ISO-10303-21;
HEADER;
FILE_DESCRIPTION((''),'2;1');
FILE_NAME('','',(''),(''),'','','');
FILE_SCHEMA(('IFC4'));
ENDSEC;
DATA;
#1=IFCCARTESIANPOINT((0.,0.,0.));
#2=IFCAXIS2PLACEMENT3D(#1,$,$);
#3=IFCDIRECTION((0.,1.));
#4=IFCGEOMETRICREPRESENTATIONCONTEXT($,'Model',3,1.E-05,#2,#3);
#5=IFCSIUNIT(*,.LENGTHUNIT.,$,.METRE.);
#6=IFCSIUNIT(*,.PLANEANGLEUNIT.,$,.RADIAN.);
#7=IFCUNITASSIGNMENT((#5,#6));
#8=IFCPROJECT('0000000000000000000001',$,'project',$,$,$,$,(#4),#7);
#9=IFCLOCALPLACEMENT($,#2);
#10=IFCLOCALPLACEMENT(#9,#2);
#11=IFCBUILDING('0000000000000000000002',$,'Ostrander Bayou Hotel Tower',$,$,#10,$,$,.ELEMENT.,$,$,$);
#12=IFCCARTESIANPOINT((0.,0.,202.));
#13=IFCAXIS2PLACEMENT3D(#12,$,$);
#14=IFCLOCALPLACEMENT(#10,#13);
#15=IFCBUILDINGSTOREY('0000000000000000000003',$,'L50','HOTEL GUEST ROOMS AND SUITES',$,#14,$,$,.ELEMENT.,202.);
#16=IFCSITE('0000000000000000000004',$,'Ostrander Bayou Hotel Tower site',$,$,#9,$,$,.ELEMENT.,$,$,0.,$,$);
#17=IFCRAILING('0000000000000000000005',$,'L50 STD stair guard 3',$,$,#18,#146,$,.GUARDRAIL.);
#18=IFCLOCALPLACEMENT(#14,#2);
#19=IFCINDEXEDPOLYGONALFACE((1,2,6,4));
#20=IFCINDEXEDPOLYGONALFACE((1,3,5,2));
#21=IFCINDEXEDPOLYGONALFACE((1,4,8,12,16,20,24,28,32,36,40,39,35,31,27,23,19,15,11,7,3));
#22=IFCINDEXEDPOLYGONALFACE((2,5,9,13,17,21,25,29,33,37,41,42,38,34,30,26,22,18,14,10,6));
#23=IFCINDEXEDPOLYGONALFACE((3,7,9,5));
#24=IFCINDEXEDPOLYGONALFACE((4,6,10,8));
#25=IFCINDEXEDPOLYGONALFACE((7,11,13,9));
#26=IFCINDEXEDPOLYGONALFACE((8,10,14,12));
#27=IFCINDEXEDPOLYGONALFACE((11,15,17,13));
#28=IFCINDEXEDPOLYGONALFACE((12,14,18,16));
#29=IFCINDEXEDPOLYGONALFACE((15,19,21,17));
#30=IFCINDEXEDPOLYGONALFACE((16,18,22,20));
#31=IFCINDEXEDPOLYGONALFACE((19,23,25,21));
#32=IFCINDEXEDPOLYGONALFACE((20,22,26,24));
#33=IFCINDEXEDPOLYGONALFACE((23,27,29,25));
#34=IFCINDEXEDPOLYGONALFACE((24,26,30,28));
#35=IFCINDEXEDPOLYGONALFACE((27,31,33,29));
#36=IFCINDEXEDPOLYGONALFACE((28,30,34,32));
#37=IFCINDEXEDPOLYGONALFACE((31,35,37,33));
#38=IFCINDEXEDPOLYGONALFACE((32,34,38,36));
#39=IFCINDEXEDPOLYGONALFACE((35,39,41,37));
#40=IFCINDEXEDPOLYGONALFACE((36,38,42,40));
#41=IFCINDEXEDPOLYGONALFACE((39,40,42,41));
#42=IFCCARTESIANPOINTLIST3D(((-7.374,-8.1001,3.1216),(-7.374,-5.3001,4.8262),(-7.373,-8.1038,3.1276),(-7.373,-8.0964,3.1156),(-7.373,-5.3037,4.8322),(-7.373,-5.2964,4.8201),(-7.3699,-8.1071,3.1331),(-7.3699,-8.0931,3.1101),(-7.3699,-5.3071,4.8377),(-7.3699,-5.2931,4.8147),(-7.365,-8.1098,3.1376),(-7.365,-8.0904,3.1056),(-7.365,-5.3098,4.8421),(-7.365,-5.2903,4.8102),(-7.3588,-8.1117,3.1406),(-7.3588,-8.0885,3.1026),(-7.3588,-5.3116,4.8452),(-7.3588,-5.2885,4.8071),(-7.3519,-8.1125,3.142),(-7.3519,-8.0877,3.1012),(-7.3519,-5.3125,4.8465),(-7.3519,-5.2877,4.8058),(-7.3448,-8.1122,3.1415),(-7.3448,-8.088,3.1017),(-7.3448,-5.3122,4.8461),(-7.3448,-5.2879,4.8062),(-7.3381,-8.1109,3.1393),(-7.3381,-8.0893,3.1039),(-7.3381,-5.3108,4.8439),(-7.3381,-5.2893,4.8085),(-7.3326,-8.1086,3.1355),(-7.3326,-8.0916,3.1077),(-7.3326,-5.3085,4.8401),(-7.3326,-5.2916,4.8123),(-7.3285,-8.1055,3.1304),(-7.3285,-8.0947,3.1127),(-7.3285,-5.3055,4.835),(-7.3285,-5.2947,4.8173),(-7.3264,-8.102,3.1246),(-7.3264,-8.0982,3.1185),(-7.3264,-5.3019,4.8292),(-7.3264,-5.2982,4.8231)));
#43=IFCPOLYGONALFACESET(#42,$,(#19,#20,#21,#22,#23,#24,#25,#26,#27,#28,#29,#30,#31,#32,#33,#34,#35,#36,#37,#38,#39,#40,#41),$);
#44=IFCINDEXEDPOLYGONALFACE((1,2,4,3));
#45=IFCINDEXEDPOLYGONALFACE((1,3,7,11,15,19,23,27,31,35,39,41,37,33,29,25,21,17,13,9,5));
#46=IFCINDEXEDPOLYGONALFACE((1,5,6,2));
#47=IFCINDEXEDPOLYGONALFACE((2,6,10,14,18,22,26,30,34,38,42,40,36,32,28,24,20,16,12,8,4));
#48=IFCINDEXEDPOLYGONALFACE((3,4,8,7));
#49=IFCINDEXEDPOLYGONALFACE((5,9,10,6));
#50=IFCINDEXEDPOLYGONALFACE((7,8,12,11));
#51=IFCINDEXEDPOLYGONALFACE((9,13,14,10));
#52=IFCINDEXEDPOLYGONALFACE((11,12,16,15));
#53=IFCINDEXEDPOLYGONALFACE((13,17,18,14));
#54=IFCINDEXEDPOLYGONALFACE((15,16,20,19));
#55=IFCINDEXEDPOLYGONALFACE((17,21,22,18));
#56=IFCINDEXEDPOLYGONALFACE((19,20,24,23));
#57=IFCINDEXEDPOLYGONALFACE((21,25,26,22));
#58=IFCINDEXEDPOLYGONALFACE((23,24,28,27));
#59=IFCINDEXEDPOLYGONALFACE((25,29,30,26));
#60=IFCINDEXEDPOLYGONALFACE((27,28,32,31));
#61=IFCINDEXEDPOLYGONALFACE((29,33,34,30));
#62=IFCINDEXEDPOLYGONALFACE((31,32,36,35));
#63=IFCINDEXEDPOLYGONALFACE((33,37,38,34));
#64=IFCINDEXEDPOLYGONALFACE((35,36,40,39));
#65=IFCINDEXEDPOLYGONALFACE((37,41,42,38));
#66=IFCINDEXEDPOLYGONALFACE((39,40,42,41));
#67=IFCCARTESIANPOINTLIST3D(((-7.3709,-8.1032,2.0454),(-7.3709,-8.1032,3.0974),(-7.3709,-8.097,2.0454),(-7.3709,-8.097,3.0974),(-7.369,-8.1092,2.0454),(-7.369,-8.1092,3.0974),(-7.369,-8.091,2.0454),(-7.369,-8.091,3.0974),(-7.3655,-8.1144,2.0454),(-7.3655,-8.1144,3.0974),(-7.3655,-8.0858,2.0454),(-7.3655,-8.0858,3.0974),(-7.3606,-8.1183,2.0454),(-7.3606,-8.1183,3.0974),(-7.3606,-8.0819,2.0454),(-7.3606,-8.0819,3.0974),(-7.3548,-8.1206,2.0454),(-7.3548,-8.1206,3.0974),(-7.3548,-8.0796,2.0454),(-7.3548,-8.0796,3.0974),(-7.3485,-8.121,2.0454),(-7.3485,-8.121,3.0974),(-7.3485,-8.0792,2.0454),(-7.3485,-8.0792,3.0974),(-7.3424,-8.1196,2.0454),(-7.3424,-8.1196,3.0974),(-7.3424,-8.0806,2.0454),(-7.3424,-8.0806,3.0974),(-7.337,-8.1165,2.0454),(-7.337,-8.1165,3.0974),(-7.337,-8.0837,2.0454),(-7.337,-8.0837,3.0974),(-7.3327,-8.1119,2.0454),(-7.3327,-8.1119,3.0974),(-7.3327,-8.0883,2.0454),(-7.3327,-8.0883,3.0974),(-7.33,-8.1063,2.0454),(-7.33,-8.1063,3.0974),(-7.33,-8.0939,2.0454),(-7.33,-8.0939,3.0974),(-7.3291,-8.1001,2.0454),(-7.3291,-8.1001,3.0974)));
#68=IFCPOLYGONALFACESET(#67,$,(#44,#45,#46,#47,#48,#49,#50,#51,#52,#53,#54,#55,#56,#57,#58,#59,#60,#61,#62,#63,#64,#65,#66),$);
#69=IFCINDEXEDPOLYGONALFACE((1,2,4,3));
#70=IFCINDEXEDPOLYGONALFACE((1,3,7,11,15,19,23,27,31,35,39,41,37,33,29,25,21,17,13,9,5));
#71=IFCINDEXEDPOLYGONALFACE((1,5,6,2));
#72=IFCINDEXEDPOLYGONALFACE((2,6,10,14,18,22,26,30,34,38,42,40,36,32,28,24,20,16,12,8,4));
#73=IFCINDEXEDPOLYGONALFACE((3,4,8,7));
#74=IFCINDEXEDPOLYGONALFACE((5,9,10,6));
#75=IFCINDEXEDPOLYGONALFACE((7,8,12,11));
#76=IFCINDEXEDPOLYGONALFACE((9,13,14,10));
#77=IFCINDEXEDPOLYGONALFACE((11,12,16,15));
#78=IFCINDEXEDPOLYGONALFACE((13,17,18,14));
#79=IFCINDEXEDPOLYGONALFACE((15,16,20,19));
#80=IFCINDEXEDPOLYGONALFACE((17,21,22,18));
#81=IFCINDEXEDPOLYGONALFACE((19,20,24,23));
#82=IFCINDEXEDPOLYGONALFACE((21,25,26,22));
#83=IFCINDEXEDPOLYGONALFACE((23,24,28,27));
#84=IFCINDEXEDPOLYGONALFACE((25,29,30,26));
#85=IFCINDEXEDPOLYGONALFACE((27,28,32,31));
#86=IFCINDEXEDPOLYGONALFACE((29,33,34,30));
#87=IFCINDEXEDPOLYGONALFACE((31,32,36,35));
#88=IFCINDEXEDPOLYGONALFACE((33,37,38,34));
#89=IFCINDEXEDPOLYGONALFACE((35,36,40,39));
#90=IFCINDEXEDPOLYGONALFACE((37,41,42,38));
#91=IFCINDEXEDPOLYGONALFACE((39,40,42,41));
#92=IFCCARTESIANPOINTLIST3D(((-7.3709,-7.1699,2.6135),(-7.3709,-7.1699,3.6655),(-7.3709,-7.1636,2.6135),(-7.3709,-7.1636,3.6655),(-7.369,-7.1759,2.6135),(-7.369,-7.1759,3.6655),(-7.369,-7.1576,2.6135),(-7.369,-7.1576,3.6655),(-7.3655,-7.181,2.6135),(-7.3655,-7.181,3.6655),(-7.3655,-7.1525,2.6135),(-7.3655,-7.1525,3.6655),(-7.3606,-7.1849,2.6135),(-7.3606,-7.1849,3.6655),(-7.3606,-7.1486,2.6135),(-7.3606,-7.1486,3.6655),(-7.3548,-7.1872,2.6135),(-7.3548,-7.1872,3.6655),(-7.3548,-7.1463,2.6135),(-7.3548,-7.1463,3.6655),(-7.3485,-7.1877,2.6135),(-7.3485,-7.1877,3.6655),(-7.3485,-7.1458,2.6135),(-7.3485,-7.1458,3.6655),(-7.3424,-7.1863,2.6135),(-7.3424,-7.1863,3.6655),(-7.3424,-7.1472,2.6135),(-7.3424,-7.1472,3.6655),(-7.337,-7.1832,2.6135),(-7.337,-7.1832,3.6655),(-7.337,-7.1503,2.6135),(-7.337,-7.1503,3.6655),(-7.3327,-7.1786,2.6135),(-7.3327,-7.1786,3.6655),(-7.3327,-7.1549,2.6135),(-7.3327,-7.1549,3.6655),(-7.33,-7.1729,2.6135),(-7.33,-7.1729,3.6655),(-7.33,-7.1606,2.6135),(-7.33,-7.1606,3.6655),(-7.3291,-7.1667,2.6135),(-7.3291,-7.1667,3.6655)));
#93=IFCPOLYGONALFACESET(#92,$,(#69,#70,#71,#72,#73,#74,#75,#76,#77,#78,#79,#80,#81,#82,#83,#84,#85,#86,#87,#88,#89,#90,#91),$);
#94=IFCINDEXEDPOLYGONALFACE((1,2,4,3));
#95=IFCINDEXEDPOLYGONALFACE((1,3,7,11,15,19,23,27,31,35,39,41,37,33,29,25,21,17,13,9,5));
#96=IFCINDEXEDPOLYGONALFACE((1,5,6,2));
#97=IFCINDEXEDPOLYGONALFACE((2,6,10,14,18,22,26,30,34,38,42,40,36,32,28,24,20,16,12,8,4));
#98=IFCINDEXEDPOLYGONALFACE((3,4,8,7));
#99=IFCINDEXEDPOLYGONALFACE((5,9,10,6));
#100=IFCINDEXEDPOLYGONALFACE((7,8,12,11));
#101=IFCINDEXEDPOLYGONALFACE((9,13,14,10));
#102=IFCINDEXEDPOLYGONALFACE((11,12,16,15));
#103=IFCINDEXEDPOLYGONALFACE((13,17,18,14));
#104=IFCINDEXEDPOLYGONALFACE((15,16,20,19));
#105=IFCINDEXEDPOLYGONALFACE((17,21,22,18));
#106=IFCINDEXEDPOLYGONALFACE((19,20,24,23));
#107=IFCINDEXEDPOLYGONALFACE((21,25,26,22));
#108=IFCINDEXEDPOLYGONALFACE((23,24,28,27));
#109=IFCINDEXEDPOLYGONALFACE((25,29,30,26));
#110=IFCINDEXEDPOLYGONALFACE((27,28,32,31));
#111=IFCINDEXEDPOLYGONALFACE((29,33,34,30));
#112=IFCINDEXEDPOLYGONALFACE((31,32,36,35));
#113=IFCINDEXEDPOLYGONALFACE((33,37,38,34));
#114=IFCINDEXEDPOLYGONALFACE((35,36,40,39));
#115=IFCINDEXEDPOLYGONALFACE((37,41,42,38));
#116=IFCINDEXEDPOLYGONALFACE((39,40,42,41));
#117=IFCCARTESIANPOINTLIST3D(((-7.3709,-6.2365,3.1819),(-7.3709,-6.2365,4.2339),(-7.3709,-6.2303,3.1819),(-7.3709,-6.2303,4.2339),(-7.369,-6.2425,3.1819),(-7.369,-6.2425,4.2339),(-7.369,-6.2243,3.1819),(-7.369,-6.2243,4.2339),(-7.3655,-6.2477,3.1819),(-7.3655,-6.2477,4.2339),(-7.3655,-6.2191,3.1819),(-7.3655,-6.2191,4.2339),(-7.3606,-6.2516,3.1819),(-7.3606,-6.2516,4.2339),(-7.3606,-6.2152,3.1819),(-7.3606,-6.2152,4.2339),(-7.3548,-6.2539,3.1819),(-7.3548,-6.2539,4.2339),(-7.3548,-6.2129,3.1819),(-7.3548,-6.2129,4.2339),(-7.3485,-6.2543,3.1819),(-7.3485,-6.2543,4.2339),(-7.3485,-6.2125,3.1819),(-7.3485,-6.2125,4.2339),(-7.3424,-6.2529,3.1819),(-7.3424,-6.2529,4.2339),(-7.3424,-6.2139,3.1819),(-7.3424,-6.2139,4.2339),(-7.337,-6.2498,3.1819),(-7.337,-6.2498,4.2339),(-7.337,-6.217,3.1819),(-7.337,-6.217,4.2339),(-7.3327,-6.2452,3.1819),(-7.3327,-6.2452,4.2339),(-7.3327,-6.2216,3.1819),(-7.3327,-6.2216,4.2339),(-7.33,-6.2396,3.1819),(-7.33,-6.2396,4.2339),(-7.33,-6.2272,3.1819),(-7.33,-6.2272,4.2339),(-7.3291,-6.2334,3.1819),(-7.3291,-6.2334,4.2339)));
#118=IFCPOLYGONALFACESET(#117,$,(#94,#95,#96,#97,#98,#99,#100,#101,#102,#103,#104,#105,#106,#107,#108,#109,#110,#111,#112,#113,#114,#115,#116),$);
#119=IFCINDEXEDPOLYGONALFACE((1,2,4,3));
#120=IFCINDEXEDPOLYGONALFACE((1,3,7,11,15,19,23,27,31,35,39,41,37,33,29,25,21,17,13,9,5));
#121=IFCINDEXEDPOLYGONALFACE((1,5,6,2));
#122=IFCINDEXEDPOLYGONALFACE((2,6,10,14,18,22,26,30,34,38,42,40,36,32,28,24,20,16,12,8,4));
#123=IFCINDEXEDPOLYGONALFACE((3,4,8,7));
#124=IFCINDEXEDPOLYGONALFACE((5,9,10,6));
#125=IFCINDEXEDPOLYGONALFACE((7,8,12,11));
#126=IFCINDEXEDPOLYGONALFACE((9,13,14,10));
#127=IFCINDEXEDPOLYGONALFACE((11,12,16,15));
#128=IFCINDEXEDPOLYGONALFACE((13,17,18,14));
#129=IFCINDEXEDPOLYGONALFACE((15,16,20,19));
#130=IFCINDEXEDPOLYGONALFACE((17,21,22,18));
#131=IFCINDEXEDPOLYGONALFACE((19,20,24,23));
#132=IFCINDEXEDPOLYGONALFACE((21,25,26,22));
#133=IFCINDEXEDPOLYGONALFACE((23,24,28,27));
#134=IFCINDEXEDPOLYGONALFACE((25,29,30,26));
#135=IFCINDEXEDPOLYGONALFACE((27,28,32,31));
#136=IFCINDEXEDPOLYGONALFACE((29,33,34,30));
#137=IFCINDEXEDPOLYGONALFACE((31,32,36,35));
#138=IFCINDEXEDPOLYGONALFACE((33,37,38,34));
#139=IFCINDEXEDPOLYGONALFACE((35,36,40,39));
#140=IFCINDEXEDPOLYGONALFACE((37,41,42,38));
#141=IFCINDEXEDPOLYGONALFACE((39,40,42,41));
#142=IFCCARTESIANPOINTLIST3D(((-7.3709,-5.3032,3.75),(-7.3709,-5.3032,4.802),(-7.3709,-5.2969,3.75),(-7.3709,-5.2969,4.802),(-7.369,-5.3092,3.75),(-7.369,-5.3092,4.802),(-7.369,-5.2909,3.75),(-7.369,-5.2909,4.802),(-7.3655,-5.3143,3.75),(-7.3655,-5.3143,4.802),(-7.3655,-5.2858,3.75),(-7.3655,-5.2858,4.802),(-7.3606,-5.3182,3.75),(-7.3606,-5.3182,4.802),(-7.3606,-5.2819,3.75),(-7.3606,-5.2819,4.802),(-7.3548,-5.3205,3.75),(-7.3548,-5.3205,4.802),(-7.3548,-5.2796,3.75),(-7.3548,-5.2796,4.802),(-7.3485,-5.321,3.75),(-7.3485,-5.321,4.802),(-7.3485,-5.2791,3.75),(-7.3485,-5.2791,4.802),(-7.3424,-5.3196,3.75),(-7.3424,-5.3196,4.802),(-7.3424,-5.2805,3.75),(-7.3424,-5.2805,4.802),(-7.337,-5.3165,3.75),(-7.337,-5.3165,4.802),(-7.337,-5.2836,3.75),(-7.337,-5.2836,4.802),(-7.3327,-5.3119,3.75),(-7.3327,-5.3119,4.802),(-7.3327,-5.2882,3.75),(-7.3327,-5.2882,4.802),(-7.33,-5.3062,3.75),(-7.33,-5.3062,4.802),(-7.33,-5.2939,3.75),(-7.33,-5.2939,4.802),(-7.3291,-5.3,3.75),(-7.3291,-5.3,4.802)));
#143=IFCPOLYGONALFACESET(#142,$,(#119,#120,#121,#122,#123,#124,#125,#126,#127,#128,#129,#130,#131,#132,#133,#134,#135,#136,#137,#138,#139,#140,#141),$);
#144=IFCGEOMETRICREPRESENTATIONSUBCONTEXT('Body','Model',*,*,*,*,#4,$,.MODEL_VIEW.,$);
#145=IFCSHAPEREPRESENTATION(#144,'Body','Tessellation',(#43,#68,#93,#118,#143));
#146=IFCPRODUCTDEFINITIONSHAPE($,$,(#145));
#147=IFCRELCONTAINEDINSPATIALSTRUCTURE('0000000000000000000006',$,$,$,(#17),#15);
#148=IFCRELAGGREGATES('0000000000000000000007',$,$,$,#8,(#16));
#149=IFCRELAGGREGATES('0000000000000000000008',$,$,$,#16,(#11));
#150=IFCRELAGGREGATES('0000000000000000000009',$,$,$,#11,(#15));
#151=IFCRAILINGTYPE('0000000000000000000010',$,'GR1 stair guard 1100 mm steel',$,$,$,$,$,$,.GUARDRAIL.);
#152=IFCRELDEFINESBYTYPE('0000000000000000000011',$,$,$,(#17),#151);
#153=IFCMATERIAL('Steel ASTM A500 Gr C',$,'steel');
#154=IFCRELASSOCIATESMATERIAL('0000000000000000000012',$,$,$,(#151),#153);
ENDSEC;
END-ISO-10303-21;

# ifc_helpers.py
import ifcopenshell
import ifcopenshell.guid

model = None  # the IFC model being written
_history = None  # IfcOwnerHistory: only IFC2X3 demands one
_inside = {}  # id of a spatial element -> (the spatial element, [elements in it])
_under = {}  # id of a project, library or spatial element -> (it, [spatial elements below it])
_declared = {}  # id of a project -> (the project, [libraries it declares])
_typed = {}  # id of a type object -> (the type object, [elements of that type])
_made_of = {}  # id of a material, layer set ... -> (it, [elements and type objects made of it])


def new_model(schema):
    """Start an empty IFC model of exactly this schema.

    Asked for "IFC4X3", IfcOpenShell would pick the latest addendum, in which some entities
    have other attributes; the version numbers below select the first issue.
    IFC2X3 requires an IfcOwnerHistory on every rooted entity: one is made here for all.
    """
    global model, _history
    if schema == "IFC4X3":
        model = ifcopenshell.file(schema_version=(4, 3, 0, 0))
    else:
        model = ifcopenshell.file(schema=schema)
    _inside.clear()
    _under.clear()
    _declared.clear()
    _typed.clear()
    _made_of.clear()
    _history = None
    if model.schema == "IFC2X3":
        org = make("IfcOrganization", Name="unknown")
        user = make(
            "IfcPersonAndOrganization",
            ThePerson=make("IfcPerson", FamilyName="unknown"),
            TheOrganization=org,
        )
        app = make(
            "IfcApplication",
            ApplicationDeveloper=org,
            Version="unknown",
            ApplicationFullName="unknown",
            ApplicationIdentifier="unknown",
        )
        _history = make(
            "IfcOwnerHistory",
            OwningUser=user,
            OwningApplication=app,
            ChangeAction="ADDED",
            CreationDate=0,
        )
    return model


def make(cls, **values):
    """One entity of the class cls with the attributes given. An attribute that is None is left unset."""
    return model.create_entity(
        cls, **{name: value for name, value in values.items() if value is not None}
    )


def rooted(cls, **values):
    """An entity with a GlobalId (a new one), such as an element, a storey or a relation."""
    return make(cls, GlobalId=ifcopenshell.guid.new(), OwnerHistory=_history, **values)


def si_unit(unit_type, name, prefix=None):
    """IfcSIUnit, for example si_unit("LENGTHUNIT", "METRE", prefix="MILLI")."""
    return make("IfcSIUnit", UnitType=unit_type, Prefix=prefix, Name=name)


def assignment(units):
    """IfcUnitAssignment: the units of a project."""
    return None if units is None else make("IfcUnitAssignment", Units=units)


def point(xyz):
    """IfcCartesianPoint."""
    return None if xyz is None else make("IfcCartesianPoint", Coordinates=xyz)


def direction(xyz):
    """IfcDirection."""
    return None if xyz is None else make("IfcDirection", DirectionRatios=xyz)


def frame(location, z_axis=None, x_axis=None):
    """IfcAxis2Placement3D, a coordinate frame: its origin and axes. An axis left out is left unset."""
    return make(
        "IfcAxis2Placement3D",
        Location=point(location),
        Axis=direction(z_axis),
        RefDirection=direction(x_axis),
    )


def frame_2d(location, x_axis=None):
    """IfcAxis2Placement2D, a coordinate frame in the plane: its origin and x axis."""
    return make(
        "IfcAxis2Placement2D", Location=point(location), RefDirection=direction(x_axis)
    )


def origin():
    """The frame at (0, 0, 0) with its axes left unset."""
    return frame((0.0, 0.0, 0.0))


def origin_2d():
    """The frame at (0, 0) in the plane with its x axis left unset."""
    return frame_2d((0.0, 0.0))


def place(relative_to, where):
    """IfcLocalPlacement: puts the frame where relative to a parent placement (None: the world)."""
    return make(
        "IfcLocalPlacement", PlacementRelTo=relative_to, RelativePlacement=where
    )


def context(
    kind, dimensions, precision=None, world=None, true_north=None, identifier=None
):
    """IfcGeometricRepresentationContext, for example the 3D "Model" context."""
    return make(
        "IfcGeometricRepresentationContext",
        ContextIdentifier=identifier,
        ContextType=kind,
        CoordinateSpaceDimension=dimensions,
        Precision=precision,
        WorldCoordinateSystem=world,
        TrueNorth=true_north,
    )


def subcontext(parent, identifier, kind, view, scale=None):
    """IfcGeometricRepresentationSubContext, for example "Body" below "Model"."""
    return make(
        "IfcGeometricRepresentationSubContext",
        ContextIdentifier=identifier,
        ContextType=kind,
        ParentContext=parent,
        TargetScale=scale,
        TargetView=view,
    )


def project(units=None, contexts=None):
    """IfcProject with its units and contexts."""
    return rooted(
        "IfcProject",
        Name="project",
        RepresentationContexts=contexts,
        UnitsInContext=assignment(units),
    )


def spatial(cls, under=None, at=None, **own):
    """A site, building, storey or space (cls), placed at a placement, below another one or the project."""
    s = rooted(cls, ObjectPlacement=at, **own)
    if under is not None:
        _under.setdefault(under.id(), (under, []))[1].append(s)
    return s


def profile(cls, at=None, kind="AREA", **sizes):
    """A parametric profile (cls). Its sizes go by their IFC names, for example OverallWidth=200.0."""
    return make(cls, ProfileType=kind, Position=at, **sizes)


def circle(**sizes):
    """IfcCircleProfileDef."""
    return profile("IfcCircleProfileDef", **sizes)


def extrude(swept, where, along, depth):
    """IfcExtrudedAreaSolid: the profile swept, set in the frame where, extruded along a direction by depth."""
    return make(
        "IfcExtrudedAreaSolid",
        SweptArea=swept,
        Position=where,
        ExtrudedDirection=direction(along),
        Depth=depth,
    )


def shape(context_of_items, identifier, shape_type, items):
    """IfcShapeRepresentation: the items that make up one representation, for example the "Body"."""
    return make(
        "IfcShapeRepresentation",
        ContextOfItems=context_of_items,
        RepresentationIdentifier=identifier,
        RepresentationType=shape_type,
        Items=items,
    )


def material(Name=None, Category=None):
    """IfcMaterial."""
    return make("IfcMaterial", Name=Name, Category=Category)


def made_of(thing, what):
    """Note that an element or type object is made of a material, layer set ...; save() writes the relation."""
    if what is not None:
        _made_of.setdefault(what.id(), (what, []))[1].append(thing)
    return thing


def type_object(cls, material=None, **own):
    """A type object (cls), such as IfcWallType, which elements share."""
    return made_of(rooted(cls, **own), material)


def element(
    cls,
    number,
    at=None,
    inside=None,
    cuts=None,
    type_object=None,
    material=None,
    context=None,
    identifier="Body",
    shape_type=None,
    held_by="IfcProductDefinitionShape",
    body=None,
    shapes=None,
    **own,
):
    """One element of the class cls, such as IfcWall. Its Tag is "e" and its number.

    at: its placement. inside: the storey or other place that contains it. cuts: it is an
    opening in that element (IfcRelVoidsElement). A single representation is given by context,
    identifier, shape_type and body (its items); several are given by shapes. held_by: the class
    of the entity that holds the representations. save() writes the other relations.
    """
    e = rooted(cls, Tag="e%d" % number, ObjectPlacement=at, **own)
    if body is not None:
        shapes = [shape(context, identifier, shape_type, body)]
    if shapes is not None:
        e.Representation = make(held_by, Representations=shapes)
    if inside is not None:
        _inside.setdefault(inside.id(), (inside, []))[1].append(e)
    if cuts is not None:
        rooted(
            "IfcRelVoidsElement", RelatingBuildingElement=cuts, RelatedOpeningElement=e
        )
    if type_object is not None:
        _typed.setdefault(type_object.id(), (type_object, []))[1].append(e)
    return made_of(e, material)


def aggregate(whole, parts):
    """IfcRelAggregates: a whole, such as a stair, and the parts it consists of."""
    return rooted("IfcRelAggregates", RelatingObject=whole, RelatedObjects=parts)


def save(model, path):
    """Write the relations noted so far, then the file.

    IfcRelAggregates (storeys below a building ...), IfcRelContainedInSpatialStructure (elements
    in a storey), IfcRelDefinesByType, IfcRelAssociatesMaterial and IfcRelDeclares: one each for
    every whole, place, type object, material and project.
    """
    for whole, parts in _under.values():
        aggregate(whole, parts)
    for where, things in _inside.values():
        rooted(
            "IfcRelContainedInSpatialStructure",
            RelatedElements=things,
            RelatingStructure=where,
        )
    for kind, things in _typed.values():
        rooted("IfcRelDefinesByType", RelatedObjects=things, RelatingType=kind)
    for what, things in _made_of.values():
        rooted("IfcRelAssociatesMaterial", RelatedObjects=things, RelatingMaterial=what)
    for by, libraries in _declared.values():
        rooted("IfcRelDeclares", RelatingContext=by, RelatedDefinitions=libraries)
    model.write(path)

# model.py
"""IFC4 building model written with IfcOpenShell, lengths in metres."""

from ifc_helpers import new_model, si_unit, direction, frame, origin, origin_2d, place, context, subcontext, project, spatial, circle, extrude, material, type_object, element, save


model = new_model("IFC4")

# Units and contexts
model_context = context("Model", 3, precision=1e-05, world=origin(), true_north=direction((0.0, 1.0)))
body_context = subcontext(model_context, "Body", "Model", "MODEL_VIEW")
ifc_project = project(units=[si_unit("LENGTHUNIT", "METRE"), si_unit("PLANEANGLEUNIT", "RADIAN")], contexts=[model_context])

# Site, building, storey
site_placement = place(None, origin())
site = spatial("IfcSite", under=ifc_project, at=site_placement, Name="Ostrander Bayou Hotel Tower site", CompositionType="ELEMENT", RefElevation=0.0)
building_placement = place(site_placement, origin())
building = spatial("IfcBuilding", under=site, at=building_placement, Name="Ostrander Bayou Hotel Tower", CompositionType="ELEMENT")
storey_placement = place(building_placement, frame((0.0, 0.0, 202.0)))
storey = spatial("IfcBuildingStorey", under=building, at=storey_placement, Name="L50", Description="HOTEL GUEST ROOMS AND SUITES", CompositionType="ELEMENT", Elevation=202.0)

# Railing
ifc_material_1 = material(Name="Steel ASTM A500 Gr C", Category="steel")
railing_type_1 = type_object("IfcRailingType", Name="GR1 stair guard 1100 mm steel", PredefinedType="GUARDRAIL", material=ifc_material_1)
railing_1_placement = place(storey_placement, frame((-7.3501, -8.1001, 2.0454)))
element("IfcRailing", 1, at=railing_1_placement, inside=storey, type_object=railing_type_1, Name="L50 STD stair guard 3", PredefinedType="GUARDRAIL", context=body_context, shape_type="SweptSolid", body=[
    extrude(circle(Radius=0.0239, at=origin_2d()), frame((0.0, 0.0, 1.0762), z_axis=(0.0, 0.85417, 0.519994), x_axis=(-1.0, 0.0, 0.0)), (0.0, 0.0, 1.0), 3.2781),
    extrude(circle(Radius=0.021, at=origin_2d()), origin(), (0.0, 0.0, 1.0), 1.052),
    extrude(circle(Radius=0.021, at=origin_2d()), frame((0.0, 0.9333, 0.5681)), (0.0, 0.0, 1.0), 1.052),
    extrude(circle(Radius=0.021, at=origin_2d()), frame((0.0, 1.8667, 1.1365)), (0.0, 0.0, 1.0), 1.052),
    extrude(circle(Radius=0.021, at=origin_2d()), frame((0.0, 2.8, 1.7046)), (0.0, 0.0, 1.0), 1.052),
])

save(model, "model.ifc")
